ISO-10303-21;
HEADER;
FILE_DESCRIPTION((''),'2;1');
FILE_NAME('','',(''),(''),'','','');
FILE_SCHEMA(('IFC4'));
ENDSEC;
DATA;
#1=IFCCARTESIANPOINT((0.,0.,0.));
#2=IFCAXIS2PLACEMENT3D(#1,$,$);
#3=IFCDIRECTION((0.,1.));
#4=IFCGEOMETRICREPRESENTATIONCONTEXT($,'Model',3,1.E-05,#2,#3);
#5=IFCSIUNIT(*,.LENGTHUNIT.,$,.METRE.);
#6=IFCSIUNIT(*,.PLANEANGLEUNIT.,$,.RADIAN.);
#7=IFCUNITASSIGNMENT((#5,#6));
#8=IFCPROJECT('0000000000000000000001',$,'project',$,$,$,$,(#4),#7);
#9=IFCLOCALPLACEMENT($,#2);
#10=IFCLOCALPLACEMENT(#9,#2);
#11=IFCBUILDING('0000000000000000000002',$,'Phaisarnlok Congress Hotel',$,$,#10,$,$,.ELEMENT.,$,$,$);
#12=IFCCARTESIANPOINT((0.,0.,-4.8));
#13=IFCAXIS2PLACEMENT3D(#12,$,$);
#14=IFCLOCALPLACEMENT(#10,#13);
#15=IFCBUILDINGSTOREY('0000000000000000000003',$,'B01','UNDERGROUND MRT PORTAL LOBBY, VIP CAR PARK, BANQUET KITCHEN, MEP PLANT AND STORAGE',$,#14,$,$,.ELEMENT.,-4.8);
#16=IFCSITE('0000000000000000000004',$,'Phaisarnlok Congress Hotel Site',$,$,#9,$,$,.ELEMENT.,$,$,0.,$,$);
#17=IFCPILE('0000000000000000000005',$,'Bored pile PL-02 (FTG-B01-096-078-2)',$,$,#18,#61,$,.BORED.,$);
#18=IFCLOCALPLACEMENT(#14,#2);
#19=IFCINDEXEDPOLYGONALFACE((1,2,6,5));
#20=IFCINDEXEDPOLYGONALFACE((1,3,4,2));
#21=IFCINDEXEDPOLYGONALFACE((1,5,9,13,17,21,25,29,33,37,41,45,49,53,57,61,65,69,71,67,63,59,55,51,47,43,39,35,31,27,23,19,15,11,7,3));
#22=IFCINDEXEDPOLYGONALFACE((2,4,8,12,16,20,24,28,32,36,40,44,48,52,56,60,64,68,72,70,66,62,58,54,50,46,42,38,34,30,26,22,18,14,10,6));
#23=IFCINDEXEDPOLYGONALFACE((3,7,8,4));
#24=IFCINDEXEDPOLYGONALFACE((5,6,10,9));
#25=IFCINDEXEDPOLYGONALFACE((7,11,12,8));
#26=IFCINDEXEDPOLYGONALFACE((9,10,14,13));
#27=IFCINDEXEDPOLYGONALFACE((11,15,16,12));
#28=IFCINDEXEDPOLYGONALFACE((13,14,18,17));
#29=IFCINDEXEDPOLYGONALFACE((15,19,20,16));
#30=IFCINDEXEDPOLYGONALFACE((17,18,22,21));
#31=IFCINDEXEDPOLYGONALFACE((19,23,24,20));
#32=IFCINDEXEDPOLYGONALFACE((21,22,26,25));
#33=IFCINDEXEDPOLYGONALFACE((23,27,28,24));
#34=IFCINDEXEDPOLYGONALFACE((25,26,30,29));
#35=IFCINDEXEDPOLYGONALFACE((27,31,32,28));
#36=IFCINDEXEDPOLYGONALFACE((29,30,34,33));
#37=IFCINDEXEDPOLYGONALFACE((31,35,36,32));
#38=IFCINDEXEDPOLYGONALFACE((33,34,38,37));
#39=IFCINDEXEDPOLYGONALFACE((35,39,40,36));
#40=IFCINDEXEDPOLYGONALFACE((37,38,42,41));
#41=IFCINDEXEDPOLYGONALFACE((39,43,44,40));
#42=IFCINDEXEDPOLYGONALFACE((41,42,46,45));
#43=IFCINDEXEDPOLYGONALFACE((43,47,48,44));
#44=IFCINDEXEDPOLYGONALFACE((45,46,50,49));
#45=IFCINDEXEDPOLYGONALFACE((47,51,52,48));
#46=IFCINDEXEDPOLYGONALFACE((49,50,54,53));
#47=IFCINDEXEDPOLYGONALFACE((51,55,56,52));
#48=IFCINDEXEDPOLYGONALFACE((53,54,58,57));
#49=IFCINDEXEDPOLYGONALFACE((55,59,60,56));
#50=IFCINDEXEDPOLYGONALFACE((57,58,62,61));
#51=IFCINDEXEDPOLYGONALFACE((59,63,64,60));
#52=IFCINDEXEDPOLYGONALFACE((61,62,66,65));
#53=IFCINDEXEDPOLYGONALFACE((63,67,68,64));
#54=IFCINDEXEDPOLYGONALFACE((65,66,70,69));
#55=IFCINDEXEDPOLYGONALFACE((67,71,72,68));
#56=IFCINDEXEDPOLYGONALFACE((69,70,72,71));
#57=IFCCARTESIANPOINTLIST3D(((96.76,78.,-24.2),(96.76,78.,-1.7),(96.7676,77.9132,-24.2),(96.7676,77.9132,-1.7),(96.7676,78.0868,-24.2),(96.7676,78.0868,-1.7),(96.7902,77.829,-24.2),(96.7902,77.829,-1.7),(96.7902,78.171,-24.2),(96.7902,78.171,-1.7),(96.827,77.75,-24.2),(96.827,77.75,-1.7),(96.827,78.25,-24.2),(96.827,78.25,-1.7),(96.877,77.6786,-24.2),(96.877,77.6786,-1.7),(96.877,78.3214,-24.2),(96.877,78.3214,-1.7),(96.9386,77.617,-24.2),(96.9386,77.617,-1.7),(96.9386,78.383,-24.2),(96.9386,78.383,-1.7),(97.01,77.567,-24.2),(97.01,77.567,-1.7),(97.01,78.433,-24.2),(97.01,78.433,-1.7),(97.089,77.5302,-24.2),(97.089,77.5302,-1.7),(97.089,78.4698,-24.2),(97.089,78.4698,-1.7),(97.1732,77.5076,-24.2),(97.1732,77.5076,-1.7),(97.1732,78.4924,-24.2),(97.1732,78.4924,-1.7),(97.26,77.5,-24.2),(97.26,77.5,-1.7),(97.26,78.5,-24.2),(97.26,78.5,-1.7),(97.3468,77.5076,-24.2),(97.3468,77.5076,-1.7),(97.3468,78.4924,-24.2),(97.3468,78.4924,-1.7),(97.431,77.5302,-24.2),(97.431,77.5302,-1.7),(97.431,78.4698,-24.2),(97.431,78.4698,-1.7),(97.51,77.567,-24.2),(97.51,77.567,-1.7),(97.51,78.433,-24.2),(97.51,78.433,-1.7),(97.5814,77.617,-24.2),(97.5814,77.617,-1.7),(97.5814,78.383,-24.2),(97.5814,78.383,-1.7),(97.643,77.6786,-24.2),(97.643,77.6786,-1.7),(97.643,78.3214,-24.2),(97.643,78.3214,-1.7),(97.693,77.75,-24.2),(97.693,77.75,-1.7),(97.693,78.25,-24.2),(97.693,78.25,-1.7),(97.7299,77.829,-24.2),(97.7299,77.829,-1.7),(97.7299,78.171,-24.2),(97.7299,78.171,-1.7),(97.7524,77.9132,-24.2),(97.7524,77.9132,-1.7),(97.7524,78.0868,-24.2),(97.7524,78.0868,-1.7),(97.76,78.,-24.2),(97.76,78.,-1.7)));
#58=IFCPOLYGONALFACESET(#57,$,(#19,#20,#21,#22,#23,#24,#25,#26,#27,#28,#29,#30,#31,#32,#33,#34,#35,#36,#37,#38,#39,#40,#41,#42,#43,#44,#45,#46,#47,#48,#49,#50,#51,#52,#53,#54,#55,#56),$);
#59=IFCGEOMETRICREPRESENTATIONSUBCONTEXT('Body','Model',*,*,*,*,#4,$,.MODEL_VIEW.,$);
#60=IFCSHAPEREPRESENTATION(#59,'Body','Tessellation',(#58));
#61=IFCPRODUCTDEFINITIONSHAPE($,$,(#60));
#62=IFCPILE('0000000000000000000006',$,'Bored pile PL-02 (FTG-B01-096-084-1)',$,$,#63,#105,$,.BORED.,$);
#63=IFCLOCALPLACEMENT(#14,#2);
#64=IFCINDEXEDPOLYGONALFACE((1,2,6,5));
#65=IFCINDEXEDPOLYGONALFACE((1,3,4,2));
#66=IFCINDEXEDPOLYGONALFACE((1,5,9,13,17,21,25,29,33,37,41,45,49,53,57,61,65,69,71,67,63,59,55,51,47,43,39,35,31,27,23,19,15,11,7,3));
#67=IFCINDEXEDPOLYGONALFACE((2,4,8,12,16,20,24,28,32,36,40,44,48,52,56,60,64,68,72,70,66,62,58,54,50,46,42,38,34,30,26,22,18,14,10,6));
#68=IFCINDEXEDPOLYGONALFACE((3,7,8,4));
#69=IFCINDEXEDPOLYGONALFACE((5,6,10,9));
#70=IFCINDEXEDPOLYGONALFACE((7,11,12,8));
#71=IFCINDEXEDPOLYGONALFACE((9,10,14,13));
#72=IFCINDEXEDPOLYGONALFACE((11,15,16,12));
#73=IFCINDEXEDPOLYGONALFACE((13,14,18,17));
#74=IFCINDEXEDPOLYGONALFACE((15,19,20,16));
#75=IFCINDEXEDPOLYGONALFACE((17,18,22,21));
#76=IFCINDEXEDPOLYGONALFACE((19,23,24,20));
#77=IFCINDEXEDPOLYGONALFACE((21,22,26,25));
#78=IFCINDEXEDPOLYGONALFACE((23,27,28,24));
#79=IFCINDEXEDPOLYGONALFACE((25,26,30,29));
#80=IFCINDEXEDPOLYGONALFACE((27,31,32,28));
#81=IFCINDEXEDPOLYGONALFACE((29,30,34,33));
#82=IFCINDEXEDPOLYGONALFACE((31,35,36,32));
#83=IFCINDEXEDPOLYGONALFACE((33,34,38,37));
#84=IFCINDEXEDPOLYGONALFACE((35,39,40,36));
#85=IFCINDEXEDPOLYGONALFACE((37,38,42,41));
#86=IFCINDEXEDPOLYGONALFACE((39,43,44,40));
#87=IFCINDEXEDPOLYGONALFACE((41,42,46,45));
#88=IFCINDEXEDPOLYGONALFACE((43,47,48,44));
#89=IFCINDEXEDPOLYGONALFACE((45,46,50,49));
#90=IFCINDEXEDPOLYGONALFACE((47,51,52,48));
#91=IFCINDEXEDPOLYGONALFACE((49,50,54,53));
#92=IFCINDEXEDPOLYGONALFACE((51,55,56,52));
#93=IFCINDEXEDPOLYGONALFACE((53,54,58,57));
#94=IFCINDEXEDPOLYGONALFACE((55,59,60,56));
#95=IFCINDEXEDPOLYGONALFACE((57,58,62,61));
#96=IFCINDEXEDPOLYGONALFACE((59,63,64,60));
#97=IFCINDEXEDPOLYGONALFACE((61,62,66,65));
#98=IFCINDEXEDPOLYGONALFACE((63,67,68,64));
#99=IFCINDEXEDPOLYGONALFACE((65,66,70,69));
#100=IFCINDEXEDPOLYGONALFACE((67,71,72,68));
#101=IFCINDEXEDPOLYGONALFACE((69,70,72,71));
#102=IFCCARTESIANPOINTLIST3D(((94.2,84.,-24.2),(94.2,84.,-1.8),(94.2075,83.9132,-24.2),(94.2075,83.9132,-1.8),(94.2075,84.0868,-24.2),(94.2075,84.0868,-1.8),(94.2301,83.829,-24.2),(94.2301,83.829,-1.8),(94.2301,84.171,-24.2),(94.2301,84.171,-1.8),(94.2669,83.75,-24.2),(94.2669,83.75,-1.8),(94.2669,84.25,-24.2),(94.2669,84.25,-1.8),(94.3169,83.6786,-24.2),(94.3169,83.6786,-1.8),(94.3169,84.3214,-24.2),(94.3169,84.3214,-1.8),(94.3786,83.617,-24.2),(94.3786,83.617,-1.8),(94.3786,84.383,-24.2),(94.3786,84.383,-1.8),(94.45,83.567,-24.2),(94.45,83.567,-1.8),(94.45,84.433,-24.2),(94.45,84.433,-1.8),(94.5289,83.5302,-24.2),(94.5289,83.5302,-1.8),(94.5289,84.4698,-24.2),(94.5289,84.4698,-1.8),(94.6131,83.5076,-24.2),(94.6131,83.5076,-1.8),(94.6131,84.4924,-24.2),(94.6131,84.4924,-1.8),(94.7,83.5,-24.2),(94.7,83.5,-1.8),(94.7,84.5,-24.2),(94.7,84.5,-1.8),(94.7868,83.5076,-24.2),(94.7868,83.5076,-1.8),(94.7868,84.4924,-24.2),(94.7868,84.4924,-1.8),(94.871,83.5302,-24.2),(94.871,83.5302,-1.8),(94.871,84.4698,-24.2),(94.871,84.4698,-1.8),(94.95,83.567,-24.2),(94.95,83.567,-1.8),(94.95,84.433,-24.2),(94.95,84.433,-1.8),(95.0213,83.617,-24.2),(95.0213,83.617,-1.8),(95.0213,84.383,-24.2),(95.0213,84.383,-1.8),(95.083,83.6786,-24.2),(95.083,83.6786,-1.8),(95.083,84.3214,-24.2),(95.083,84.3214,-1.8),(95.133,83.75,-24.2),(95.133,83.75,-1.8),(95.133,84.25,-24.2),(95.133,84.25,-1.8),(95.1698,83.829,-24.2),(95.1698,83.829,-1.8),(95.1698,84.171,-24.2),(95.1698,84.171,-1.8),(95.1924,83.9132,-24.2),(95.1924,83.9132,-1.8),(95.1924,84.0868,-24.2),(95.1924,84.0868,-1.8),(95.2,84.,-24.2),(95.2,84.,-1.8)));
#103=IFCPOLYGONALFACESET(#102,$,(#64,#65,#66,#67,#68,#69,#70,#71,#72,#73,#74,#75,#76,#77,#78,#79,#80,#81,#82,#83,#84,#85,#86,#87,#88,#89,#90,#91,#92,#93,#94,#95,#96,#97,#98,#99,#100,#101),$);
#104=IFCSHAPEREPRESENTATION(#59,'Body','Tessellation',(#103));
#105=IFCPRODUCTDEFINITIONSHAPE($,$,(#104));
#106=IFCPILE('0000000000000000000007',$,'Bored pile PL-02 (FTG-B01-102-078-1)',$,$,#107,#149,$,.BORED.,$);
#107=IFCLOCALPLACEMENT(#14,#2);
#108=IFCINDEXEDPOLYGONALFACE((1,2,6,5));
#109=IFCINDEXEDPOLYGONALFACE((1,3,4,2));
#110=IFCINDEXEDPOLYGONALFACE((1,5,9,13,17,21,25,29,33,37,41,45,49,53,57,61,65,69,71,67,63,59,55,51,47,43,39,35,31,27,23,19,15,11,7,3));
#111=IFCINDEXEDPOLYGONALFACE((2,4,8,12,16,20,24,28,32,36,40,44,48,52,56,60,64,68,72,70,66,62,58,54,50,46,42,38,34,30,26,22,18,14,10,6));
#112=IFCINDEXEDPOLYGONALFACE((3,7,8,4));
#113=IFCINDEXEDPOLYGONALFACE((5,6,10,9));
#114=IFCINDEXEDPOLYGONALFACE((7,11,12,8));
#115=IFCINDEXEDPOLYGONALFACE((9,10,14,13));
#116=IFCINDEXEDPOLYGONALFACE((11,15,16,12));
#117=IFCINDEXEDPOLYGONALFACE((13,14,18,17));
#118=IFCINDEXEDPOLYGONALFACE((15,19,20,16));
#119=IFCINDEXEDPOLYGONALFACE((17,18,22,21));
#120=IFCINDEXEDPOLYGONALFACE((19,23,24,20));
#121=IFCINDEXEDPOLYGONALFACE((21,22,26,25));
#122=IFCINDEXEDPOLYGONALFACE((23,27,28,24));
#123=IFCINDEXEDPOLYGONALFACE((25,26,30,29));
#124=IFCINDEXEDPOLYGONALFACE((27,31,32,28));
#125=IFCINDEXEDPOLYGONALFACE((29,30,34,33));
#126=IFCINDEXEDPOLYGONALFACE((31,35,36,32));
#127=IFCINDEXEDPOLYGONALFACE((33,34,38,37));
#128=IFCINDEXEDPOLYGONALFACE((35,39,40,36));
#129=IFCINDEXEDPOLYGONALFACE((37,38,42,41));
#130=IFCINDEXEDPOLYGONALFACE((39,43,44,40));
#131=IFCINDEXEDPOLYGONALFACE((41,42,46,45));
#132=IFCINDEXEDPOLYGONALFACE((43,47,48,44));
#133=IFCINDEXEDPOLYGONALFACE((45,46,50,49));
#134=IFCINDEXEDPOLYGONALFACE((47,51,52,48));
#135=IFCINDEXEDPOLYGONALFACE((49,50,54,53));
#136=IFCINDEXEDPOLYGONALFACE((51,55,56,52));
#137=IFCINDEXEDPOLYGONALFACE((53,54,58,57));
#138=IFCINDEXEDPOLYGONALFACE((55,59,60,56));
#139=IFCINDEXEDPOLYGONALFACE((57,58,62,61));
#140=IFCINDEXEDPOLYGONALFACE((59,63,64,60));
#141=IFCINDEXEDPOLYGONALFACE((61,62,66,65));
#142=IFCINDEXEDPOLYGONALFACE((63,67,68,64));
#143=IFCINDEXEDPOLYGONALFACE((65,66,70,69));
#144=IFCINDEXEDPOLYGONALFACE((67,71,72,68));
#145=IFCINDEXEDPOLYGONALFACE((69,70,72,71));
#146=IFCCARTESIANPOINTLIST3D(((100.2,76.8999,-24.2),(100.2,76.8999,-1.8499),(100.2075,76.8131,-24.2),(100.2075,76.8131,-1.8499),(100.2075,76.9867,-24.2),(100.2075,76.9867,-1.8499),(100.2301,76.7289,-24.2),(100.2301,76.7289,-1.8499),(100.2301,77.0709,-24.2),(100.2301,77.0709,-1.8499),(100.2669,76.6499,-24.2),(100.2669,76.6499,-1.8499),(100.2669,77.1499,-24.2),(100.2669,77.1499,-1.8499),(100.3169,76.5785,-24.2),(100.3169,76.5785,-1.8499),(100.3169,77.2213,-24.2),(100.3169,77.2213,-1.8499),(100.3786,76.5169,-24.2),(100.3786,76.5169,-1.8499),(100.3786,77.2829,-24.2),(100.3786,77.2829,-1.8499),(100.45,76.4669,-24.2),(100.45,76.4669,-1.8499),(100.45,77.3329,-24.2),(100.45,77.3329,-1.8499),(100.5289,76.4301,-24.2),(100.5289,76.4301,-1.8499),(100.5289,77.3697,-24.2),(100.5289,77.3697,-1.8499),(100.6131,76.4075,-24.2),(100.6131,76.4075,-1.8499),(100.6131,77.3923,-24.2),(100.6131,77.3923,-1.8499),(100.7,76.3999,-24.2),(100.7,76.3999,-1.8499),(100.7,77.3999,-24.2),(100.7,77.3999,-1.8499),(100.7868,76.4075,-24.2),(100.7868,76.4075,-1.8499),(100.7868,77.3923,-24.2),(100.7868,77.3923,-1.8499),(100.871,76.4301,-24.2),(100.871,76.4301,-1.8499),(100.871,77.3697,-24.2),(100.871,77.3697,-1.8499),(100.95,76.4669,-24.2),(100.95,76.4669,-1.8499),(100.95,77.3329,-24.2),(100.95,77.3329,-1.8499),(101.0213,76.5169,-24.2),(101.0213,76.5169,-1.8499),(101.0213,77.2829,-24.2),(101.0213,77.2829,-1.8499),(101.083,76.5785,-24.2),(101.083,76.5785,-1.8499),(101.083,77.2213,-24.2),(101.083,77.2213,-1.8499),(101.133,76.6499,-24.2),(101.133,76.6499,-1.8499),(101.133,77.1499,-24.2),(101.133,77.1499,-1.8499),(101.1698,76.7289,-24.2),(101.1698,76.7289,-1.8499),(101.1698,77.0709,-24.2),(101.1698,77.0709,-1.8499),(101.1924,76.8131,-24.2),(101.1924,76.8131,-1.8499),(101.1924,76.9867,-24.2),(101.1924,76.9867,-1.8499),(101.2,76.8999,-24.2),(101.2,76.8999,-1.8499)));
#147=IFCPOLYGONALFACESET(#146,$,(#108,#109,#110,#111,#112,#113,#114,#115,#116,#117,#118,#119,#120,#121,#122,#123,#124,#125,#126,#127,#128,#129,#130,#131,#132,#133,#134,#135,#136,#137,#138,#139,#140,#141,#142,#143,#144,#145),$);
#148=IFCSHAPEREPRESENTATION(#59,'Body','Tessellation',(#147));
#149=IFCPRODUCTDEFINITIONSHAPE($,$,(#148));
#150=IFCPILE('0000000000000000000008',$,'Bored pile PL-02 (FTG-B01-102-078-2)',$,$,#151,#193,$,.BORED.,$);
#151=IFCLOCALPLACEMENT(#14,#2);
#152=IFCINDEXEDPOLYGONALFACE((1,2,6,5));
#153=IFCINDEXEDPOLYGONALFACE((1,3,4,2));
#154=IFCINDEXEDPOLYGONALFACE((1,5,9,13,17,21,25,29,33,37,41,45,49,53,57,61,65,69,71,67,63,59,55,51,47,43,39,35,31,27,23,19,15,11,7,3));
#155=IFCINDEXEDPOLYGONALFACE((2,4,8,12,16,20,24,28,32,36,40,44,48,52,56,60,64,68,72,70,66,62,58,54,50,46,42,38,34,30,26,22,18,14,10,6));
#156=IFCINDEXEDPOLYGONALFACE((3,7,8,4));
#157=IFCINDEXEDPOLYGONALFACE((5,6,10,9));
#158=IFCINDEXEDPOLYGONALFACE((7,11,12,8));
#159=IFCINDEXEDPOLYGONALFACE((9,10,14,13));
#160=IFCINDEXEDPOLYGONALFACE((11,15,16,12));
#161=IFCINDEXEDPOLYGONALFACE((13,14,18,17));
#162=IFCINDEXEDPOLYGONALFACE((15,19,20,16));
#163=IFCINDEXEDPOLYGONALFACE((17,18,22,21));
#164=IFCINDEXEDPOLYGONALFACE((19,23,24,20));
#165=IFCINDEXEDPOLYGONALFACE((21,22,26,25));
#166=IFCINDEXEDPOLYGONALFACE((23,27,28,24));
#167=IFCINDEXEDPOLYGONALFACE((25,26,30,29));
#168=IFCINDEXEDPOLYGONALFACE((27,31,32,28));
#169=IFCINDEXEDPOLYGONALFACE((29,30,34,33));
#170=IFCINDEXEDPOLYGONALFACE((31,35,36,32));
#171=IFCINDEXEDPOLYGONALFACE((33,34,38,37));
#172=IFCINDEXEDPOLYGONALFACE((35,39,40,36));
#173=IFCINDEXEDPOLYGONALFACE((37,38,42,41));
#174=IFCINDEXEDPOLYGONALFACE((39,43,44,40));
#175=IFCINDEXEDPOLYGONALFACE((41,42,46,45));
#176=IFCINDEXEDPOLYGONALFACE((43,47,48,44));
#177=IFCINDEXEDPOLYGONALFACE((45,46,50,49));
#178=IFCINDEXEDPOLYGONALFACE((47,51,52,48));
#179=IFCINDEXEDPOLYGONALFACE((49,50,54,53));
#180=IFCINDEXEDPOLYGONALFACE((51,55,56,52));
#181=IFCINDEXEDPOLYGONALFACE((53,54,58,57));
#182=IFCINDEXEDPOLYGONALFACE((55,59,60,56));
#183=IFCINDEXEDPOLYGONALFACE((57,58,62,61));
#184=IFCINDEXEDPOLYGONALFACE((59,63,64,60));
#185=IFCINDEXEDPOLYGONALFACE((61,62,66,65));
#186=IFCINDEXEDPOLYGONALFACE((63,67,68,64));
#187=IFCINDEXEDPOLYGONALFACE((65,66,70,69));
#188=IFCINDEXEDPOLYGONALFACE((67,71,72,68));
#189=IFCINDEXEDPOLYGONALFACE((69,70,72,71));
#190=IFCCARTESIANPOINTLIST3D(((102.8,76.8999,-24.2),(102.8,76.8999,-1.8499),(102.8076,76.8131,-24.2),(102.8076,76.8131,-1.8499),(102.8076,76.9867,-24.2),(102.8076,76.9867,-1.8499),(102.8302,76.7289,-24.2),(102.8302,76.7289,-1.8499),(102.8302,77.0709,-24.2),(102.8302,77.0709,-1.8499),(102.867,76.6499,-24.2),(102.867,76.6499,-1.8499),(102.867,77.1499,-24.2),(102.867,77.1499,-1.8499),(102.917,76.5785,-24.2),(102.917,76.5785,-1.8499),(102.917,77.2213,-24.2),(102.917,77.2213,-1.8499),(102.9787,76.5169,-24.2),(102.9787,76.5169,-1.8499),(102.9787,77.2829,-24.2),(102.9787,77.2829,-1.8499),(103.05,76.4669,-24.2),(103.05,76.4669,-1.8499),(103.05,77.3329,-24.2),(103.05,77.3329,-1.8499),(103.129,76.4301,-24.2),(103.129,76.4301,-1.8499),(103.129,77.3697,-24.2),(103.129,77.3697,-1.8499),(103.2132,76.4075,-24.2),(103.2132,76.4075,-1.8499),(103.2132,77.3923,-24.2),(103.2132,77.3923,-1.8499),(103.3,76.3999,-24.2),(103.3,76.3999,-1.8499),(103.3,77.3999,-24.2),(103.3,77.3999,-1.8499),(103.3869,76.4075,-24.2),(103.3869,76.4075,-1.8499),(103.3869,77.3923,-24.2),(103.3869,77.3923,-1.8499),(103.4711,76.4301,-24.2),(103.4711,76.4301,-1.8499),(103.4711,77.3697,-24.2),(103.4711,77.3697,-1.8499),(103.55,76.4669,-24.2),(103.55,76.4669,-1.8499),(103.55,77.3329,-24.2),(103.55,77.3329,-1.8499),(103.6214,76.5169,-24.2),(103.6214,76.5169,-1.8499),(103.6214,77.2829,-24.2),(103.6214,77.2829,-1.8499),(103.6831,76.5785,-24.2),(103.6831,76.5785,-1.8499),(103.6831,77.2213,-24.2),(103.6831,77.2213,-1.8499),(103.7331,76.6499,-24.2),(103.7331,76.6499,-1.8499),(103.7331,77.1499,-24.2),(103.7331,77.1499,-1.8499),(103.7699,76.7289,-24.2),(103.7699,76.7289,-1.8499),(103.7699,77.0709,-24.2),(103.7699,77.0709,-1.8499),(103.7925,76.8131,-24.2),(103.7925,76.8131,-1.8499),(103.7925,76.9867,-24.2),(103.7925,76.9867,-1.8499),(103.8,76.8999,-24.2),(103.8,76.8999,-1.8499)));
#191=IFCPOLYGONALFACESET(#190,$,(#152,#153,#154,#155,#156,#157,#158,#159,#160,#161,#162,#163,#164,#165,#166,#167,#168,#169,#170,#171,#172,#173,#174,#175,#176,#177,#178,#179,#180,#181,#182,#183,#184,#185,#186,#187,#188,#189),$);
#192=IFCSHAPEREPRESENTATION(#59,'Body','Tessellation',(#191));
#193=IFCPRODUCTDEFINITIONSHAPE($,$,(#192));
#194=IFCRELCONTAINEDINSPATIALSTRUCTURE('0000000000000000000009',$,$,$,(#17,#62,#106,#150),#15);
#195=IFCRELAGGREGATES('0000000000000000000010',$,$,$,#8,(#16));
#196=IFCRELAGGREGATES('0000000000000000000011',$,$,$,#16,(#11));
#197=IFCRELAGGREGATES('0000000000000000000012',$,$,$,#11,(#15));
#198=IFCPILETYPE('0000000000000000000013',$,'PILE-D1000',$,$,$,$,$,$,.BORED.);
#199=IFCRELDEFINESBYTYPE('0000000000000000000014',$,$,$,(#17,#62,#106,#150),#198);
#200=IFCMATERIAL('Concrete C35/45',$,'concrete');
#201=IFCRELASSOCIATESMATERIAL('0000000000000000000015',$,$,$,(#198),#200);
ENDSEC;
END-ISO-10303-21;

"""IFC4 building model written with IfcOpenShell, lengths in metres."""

from ifc_helpers import new_model, si_unit, direction, frame, origin, origin_2d, place, context, subcontext, project, spatial, circle, extrude, material, material_profile, profile_set, type_object, element, save


model = new_model("IFC4")

# Units and contexts
model_context = context("Model", 3, precision=1e-05, world=origin(), true_north=direction((0.0, 1.0)))
body_context = subcontext(model_context, "Body", "Model", "MODEL_VIEW")
ifc_project = project(units=[si_unit("LENGTHUNIT", "METRE"), si_unit("PLANEANGLEUNIT", "RADIAN")], contexts=[model_context])

# Site, building, storey
site_placement = place(None, origin())
site = spatial("IfcSite", under=ifc_project, at=site_placement, Name="Phaisarnlok Congress Hotel Site", CompositionType="ELEMENT", RefElevation=0.0)
building_placement = place(site_placement, origin())
building = spatial("IfcBuilding", under=site, at=building_placement, Name="Phaisarnlok Congress Hotel", CompositionType="ELEMENT")
storey_placement = place(building_placement, frame((0.0, 0.0, -4.8)))
storey = spatial("IfcBuildingStorey", under=building, at=storey_placement, Name="B01", Description="UNDERGROUND MRT PORTAL LOBBY, VIP CAR PARK, BANQUET KITCHEN, MEP PLANT AND STORAGE", CompositionType="ELEMENT", Elevation=-4.8)

# Piles
ifc_material_1 = material(Name="Concrete C35/45", Category="concrete")
ifc_material_profile_1 = material_profile(ifc_material_1, circle(Radius=0.5, at=origin_2d()), Name="BORED PILE D1000")
ifc_profile_set_1 = profile_set([ifc_material_profile_1], Name="Concrete C35/45")
pile_type_1 = type_object("IfcPileType", Name="PILE-D1000", PredefinedType="BORED", material=ifc_profile_set_1)
for number, where, z_axis, x_axis, name in (
    (1, (97.26, 78.0, -1.7), (0.0, 0.0, -1.0), (1.0, 0.0, 0.0), "Bored pile PL-02 (FTG-B01-096-078-2)"),
):
    element("IfcPile", number, at=place(storey_placement, frame(where, z_axis=z_axis, x_axis=x_axis)), inside=storey, type_object=pile_type_1, Name=name, PredefinedType="BORED", context=body_context, shape_type="SweptSolid", body=[
        extrude(circle(Radius=0.5, at=origin_2d()), origin(), (0.0, 0.0, 1.0), 22.5),
    ])
pile_placement = place(storey_placement, frame((94.7, 84.0, -1.8), z_axis=(0.0, 0.0, -1.0), x_axis=(1.0, 0.0, 0.0)))
element("IfcPile", 2, at=pile_placement, inside=storey, type_object=pile_type_1, Name="Bored pile PL-02 (FTG-B01-096-084-1)", PredefinedType="BORED", context=body_context, shape_type="SweptSolid", body=[
    extrude(circle(Radius=0.5, at=origin_2d()), origin(), (0.0, 0.0, 1.0), 22.3999),
])
for number, where, z_axis, x_axis, name in (
    (3, (100.7, 76.8999, -1.8499), (0.0, 0.0, -1.0), (1.0, 0.0, 0.0), "Bored pile PL-02 (FTG-B01-102-078-1)"),
    (4, (103.3, 76.8999, -1.8499), (0.0, 0.0, -1.0), (1.0, 0.0, 0.0), "Bored pile PL-02 (FTG-B01-102-078-2)"),
):
    element("IfcPile", number, at=place(storey_placement, frame(where, z_axis=z_axis, x_axis=x_axis)), inside=storey, type_object=pile_type_1, Name=name, PredefinedType="BORED", context=body_context, shape_type="SweptSolid", body=[
        extrude(circle(Radius=0.5, at=origin_2d()), origin(), (0.0, 0.0, 1.0), 22.3501),
    ])

save(model, "model.ifc")
